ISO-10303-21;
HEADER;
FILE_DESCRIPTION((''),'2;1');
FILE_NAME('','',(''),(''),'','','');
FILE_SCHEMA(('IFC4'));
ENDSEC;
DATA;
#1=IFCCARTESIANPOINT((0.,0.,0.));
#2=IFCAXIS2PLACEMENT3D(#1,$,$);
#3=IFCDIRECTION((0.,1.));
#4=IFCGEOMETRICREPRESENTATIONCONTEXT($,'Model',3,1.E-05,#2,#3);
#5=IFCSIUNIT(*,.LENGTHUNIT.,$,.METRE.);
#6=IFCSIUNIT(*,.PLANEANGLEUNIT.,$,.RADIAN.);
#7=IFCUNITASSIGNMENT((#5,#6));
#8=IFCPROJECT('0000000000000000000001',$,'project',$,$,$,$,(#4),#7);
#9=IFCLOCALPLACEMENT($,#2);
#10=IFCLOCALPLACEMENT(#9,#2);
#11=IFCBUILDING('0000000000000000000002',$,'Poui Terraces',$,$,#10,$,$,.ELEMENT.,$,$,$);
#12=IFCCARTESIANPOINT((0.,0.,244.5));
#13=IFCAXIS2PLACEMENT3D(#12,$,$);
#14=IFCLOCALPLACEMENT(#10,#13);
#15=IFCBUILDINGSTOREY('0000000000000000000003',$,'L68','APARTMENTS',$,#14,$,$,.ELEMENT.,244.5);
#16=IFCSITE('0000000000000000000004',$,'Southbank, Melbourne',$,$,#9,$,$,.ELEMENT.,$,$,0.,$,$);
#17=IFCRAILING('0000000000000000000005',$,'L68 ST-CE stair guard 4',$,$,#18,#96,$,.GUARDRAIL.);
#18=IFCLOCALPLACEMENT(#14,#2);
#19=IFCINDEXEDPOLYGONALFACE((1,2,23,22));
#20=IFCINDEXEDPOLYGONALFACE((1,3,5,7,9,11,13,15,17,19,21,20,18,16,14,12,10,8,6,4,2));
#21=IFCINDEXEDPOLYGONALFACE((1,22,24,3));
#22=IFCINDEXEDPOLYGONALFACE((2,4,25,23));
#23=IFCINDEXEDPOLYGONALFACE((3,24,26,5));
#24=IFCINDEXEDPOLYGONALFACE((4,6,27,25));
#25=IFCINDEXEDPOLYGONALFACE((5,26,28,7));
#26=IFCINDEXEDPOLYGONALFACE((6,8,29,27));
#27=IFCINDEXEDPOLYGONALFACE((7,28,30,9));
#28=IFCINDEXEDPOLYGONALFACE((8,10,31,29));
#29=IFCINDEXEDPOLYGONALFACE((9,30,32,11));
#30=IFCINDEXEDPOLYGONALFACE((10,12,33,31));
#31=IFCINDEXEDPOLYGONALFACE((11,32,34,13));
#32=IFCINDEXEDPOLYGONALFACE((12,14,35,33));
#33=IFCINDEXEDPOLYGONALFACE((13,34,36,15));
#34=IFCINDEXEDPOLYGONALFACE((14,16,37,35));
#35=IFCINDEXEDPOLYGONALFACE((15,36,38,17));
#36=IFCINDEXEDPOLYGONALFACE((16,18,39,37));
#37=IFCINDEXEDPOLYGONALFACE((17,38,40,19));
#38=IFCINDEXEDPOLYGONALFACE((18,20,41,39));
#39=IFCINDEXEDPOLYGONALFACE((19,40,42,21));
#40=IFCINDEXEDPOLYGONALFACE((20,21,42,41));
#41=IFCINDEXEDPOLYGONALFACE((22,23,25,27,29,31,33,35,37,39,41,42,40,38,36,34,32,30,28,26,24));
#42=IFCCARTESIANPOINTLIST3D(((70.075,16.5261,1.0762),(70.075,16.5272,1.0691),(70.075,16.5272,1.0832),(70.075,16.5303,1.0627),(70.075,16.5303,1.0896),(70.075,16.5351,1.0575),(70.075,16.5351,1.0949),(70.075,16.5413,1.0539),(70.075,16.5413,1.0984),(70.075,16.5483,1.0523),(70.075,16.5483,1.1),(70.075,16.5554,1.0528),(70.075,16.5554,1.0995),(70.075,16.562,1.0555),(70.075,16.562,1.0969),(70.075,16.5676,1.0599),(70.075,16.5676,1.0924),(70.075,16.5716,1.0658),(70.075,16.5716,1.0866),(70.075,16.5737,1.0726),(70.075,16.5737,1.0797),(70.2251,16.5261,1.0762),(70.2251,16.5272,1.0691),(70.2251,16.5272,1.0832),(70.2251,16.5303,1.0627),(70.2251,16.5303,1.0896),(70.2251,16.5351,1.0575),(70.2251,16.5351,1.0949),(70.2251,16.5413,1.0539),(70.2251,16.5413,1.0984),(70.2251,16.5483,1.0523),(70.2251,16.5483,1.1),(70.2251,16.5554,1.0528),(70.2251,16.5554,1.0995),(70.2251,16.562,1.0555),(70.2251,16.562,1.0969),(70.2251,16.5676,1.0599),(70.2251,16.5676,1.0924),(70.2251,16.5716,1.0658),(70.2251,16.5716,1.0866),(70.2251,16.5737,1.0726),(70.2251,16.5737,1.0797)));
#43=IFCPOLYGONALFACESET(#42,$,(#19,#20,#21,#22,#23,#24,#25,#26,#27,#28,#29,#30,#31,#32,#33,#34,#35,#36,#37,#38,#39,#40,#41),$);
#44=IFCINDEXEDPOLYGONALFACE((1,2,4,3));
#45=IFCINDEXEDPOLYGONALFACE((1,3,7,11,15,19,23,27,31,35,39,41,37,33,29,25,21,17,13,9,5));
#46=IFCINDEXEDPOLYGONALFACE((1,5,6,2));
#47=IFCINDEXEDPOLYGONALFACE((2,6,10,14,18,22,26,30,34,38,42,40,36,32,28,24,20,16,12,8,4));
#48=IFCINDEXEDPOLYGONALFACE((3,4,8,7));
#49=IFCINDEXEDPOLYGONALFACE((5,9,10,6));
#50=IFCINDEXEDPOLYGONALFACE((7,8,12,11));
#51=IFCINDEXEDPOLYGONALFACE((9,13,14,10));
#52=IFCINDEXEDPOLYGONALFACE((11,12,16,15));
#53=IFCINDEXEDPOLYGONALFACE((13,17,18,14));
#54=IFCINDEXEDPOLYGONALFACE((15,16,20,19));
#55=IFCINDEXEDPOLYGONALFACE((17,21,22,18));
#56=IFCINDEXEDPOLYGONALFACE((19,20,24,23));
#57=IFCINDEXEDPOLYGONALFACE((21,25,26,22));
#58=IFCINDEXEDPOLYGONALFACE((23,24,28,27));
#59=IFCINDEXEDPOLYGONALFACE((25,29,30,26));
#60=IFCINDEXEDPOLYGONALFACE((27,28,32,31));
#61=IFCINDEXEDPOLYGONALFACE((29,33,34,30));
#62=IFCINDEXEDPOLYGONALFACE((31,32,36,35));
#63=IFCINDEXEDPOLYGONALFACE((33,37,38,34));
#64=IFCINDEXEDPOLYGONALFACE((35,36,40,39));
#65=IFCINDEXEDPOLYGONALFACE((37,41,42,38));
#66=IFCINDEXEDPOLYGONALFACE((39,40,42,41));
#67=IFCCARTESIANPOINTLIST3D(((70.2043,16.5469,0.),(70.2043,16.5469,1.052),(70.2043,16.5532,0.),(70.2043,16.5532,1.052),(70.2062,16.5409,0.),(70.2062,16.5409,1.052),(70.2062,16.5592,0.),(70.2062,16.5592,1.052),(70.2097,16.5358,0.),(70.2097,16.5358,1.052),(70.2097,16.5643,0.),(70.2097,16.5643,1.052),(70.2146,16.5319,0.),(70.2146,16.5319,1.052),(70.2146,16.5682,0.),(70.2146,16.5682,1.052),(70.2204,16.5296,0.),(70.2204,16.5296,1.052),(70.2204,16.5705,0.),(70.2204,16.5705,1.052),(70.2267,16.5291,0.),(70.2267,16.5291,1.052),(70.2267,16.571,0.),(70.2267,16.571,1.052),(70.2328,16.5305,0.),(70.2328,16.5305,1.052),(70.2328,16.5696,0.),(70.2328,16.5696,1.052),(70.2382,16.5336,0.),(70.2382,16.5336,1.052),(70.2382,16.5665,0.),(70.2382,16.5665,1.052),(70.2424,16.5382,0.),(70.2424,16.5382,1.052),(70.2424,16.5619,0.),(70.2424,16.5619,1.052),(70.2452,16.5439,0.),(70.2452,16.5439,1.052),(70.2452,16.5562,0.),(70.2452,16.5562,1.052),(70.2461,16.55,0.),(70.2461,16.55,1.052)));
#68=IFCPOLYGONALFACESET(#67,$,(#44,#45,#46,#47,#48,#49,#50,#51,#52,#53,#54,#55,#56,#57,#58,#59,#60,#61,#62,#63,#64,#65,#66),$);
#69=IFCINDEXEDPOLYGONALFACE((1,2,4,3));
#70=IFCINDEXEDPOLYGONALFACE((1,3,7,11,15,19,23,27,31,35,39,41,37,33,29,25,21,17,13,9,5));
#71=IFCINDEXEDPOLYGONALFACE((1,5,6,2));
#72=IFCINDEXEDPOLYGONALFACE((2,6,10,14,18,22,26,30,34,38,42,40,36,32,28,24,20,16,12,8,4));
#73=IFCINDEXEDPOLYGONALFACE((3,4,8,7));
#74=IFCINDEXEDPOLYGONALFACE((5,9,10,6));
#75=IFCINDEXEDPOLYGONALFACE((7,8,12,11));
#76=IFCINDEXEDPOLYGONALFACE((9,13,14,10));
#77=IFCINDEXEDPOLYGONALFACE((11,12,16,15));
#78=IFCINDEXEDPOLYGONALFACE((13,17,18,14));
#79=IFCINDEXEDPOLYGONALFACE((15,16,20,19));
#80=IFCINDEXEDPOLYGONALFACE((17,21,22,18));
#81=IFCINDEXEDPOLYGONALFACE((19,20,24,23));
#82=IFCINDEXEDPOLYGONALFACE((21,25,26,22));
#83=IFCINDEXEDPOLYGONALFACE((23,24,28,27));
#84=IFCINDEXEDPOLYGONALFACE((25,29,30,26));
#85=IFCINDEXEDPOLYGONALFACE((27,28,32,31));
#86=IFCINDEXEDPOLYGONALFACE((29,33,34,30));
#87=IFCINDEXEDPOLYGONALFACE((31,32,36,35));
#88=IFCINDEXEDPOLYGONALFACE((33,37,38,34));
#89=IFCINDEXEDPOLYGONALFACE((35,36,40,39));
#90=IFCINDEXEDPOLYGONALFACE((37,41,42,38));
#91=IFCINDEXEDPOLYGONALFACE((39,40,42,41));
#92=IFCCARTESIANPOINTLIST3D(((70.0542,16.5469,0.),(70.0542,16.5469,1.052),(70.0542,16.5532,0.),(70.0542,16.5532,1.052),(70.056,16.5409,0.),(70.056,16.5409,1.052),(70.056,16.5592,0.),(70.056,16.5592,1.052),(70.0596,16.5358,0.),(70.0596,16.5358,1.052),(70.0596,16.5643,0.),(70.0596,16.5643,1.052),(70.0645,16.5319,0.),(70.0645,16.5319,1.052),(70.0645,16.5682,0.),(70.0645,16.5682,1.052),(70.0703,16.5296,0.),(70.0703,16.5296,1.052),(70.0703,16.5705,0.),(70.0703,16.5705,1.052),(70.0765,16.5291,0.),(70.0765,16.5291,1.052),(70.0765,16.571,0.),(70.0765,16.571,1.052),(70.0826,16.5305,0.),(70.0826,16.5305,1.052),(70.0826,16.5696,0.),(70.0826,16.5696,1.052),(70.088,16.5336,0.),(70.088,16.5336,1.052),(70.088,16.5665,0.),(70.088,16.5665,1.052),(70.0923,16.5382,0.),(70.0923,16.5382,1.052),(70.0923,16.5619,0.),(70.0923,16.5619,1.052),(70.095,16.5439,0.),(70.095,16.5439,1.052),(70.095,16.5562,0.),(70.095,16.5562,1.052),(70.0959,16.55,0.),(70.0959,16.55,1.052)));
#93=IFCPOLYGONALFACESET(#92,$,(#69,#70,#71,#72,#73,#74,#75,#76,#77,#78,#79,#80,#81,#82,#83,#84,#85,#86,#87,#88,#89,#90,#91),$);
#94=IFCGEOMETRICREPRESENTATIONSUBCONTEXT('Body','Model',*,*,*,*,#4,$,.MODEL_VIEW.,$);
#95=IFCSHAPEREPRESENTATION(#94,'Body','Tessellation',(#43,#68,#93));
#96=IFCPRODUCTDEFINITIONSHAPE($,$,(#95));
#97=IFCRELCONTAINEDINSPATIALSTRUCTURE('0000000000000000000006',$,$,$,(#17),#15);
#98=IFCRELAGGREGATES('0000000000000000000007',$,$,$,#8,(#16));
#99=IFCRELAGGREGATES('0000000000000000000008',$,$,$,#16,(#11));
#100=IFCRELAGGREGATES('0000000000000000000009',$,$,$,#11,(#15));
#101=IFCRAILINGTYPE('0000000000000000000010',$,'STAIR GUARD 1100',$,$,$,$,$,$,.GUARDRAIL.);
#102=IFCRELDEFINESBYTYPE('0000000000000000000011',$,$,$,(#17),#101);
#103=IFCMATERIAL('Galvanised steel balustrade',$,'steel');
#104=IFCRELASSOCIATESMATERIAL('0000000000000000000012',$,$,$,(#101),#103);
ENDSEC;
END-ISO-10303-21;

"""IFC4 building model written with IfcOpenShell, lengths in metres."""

from ifc_helpers import new_model, si_unit, direction, frame, origin, origin_2d, place, context, subcontext, project, spatial, circle, extrude, material, type_object, element, save


model = new_model("IFC4")

# Units and contexts
model_context = context("Model", 3, precision=1e-05, world=origin(), true_north=direction((0.0, 1.0)))
body_context = subcontext(model_context, "Body", "Model", "MODEL_VIEW")
ifc_project = project(units=[si_unit("LENGTHUNIT", "METRE"), si_unit("PLANEANGLEUNIT", "RADIAN")], contexts=[model_context])

# Site, building, storey
site_placement = place(None, origin())
site = spatial("IfcSite", under=ifc_project, at=site_placement, Name="Southbank, Melbourne", CompositionType="ELEMENT", RefElevation=0.0)
building_placement = place(site_placement, origin())
building = spatial("IfcBuilding", under=site, at=building_placement, Name="Poui Terraces", CompositionType="ELEMENT")
storey_placement = place(building_placement, frame((0.0, 0.0, 244.5)))
storey = spatial("IfcBuildingStorey", under=building, at=storey_placement, Name="L68", Description="APARTMENTS", CompositionType="ELEMENT", Elevation=244.5)

# Railing
ifc_material_1 = material(Name="Galvanised steel balustrade", Category="steel")
railing_type_1 = type_object("IfcRailingType", Name="STAIR GUARD 1100", PredefinedType="GUARDRAIL", material=ifc_material_1)
railing_1_placement = place(storey_placement, frame((70.2251, 16.55, 0.0)))
element("IfcRailing", 1, at=railing_1_placement, inside=storey, type_object=railing_type_1, Name="L68 ST-CE stair guard 4", PredefinedType="GUARDRAIL", context=body_context, shape_type="SweptSolid", body=[
    extrude(circle(Radius=0.0239, at=origin_2d()), frame((0.0, 0.0, 1.0762), z_axis=(-1.0, 0.0, 0.0), x_axis=(0.0, -1.0, 0.0)), (0.0, 0.0, 1.0), 0.1501),
    extrude(circle(Radius=0.021, at=origin_2d()), origin(), (0.0, 0.0, 1.0), 1.052),
    extrude(circle(Radius=0.021, at=origin_2d()), frame((-0.1501, 0.0, 0.0)), (0.0, 0.0, 1.0), 1.052),
])

save(model, "model.ifc")
